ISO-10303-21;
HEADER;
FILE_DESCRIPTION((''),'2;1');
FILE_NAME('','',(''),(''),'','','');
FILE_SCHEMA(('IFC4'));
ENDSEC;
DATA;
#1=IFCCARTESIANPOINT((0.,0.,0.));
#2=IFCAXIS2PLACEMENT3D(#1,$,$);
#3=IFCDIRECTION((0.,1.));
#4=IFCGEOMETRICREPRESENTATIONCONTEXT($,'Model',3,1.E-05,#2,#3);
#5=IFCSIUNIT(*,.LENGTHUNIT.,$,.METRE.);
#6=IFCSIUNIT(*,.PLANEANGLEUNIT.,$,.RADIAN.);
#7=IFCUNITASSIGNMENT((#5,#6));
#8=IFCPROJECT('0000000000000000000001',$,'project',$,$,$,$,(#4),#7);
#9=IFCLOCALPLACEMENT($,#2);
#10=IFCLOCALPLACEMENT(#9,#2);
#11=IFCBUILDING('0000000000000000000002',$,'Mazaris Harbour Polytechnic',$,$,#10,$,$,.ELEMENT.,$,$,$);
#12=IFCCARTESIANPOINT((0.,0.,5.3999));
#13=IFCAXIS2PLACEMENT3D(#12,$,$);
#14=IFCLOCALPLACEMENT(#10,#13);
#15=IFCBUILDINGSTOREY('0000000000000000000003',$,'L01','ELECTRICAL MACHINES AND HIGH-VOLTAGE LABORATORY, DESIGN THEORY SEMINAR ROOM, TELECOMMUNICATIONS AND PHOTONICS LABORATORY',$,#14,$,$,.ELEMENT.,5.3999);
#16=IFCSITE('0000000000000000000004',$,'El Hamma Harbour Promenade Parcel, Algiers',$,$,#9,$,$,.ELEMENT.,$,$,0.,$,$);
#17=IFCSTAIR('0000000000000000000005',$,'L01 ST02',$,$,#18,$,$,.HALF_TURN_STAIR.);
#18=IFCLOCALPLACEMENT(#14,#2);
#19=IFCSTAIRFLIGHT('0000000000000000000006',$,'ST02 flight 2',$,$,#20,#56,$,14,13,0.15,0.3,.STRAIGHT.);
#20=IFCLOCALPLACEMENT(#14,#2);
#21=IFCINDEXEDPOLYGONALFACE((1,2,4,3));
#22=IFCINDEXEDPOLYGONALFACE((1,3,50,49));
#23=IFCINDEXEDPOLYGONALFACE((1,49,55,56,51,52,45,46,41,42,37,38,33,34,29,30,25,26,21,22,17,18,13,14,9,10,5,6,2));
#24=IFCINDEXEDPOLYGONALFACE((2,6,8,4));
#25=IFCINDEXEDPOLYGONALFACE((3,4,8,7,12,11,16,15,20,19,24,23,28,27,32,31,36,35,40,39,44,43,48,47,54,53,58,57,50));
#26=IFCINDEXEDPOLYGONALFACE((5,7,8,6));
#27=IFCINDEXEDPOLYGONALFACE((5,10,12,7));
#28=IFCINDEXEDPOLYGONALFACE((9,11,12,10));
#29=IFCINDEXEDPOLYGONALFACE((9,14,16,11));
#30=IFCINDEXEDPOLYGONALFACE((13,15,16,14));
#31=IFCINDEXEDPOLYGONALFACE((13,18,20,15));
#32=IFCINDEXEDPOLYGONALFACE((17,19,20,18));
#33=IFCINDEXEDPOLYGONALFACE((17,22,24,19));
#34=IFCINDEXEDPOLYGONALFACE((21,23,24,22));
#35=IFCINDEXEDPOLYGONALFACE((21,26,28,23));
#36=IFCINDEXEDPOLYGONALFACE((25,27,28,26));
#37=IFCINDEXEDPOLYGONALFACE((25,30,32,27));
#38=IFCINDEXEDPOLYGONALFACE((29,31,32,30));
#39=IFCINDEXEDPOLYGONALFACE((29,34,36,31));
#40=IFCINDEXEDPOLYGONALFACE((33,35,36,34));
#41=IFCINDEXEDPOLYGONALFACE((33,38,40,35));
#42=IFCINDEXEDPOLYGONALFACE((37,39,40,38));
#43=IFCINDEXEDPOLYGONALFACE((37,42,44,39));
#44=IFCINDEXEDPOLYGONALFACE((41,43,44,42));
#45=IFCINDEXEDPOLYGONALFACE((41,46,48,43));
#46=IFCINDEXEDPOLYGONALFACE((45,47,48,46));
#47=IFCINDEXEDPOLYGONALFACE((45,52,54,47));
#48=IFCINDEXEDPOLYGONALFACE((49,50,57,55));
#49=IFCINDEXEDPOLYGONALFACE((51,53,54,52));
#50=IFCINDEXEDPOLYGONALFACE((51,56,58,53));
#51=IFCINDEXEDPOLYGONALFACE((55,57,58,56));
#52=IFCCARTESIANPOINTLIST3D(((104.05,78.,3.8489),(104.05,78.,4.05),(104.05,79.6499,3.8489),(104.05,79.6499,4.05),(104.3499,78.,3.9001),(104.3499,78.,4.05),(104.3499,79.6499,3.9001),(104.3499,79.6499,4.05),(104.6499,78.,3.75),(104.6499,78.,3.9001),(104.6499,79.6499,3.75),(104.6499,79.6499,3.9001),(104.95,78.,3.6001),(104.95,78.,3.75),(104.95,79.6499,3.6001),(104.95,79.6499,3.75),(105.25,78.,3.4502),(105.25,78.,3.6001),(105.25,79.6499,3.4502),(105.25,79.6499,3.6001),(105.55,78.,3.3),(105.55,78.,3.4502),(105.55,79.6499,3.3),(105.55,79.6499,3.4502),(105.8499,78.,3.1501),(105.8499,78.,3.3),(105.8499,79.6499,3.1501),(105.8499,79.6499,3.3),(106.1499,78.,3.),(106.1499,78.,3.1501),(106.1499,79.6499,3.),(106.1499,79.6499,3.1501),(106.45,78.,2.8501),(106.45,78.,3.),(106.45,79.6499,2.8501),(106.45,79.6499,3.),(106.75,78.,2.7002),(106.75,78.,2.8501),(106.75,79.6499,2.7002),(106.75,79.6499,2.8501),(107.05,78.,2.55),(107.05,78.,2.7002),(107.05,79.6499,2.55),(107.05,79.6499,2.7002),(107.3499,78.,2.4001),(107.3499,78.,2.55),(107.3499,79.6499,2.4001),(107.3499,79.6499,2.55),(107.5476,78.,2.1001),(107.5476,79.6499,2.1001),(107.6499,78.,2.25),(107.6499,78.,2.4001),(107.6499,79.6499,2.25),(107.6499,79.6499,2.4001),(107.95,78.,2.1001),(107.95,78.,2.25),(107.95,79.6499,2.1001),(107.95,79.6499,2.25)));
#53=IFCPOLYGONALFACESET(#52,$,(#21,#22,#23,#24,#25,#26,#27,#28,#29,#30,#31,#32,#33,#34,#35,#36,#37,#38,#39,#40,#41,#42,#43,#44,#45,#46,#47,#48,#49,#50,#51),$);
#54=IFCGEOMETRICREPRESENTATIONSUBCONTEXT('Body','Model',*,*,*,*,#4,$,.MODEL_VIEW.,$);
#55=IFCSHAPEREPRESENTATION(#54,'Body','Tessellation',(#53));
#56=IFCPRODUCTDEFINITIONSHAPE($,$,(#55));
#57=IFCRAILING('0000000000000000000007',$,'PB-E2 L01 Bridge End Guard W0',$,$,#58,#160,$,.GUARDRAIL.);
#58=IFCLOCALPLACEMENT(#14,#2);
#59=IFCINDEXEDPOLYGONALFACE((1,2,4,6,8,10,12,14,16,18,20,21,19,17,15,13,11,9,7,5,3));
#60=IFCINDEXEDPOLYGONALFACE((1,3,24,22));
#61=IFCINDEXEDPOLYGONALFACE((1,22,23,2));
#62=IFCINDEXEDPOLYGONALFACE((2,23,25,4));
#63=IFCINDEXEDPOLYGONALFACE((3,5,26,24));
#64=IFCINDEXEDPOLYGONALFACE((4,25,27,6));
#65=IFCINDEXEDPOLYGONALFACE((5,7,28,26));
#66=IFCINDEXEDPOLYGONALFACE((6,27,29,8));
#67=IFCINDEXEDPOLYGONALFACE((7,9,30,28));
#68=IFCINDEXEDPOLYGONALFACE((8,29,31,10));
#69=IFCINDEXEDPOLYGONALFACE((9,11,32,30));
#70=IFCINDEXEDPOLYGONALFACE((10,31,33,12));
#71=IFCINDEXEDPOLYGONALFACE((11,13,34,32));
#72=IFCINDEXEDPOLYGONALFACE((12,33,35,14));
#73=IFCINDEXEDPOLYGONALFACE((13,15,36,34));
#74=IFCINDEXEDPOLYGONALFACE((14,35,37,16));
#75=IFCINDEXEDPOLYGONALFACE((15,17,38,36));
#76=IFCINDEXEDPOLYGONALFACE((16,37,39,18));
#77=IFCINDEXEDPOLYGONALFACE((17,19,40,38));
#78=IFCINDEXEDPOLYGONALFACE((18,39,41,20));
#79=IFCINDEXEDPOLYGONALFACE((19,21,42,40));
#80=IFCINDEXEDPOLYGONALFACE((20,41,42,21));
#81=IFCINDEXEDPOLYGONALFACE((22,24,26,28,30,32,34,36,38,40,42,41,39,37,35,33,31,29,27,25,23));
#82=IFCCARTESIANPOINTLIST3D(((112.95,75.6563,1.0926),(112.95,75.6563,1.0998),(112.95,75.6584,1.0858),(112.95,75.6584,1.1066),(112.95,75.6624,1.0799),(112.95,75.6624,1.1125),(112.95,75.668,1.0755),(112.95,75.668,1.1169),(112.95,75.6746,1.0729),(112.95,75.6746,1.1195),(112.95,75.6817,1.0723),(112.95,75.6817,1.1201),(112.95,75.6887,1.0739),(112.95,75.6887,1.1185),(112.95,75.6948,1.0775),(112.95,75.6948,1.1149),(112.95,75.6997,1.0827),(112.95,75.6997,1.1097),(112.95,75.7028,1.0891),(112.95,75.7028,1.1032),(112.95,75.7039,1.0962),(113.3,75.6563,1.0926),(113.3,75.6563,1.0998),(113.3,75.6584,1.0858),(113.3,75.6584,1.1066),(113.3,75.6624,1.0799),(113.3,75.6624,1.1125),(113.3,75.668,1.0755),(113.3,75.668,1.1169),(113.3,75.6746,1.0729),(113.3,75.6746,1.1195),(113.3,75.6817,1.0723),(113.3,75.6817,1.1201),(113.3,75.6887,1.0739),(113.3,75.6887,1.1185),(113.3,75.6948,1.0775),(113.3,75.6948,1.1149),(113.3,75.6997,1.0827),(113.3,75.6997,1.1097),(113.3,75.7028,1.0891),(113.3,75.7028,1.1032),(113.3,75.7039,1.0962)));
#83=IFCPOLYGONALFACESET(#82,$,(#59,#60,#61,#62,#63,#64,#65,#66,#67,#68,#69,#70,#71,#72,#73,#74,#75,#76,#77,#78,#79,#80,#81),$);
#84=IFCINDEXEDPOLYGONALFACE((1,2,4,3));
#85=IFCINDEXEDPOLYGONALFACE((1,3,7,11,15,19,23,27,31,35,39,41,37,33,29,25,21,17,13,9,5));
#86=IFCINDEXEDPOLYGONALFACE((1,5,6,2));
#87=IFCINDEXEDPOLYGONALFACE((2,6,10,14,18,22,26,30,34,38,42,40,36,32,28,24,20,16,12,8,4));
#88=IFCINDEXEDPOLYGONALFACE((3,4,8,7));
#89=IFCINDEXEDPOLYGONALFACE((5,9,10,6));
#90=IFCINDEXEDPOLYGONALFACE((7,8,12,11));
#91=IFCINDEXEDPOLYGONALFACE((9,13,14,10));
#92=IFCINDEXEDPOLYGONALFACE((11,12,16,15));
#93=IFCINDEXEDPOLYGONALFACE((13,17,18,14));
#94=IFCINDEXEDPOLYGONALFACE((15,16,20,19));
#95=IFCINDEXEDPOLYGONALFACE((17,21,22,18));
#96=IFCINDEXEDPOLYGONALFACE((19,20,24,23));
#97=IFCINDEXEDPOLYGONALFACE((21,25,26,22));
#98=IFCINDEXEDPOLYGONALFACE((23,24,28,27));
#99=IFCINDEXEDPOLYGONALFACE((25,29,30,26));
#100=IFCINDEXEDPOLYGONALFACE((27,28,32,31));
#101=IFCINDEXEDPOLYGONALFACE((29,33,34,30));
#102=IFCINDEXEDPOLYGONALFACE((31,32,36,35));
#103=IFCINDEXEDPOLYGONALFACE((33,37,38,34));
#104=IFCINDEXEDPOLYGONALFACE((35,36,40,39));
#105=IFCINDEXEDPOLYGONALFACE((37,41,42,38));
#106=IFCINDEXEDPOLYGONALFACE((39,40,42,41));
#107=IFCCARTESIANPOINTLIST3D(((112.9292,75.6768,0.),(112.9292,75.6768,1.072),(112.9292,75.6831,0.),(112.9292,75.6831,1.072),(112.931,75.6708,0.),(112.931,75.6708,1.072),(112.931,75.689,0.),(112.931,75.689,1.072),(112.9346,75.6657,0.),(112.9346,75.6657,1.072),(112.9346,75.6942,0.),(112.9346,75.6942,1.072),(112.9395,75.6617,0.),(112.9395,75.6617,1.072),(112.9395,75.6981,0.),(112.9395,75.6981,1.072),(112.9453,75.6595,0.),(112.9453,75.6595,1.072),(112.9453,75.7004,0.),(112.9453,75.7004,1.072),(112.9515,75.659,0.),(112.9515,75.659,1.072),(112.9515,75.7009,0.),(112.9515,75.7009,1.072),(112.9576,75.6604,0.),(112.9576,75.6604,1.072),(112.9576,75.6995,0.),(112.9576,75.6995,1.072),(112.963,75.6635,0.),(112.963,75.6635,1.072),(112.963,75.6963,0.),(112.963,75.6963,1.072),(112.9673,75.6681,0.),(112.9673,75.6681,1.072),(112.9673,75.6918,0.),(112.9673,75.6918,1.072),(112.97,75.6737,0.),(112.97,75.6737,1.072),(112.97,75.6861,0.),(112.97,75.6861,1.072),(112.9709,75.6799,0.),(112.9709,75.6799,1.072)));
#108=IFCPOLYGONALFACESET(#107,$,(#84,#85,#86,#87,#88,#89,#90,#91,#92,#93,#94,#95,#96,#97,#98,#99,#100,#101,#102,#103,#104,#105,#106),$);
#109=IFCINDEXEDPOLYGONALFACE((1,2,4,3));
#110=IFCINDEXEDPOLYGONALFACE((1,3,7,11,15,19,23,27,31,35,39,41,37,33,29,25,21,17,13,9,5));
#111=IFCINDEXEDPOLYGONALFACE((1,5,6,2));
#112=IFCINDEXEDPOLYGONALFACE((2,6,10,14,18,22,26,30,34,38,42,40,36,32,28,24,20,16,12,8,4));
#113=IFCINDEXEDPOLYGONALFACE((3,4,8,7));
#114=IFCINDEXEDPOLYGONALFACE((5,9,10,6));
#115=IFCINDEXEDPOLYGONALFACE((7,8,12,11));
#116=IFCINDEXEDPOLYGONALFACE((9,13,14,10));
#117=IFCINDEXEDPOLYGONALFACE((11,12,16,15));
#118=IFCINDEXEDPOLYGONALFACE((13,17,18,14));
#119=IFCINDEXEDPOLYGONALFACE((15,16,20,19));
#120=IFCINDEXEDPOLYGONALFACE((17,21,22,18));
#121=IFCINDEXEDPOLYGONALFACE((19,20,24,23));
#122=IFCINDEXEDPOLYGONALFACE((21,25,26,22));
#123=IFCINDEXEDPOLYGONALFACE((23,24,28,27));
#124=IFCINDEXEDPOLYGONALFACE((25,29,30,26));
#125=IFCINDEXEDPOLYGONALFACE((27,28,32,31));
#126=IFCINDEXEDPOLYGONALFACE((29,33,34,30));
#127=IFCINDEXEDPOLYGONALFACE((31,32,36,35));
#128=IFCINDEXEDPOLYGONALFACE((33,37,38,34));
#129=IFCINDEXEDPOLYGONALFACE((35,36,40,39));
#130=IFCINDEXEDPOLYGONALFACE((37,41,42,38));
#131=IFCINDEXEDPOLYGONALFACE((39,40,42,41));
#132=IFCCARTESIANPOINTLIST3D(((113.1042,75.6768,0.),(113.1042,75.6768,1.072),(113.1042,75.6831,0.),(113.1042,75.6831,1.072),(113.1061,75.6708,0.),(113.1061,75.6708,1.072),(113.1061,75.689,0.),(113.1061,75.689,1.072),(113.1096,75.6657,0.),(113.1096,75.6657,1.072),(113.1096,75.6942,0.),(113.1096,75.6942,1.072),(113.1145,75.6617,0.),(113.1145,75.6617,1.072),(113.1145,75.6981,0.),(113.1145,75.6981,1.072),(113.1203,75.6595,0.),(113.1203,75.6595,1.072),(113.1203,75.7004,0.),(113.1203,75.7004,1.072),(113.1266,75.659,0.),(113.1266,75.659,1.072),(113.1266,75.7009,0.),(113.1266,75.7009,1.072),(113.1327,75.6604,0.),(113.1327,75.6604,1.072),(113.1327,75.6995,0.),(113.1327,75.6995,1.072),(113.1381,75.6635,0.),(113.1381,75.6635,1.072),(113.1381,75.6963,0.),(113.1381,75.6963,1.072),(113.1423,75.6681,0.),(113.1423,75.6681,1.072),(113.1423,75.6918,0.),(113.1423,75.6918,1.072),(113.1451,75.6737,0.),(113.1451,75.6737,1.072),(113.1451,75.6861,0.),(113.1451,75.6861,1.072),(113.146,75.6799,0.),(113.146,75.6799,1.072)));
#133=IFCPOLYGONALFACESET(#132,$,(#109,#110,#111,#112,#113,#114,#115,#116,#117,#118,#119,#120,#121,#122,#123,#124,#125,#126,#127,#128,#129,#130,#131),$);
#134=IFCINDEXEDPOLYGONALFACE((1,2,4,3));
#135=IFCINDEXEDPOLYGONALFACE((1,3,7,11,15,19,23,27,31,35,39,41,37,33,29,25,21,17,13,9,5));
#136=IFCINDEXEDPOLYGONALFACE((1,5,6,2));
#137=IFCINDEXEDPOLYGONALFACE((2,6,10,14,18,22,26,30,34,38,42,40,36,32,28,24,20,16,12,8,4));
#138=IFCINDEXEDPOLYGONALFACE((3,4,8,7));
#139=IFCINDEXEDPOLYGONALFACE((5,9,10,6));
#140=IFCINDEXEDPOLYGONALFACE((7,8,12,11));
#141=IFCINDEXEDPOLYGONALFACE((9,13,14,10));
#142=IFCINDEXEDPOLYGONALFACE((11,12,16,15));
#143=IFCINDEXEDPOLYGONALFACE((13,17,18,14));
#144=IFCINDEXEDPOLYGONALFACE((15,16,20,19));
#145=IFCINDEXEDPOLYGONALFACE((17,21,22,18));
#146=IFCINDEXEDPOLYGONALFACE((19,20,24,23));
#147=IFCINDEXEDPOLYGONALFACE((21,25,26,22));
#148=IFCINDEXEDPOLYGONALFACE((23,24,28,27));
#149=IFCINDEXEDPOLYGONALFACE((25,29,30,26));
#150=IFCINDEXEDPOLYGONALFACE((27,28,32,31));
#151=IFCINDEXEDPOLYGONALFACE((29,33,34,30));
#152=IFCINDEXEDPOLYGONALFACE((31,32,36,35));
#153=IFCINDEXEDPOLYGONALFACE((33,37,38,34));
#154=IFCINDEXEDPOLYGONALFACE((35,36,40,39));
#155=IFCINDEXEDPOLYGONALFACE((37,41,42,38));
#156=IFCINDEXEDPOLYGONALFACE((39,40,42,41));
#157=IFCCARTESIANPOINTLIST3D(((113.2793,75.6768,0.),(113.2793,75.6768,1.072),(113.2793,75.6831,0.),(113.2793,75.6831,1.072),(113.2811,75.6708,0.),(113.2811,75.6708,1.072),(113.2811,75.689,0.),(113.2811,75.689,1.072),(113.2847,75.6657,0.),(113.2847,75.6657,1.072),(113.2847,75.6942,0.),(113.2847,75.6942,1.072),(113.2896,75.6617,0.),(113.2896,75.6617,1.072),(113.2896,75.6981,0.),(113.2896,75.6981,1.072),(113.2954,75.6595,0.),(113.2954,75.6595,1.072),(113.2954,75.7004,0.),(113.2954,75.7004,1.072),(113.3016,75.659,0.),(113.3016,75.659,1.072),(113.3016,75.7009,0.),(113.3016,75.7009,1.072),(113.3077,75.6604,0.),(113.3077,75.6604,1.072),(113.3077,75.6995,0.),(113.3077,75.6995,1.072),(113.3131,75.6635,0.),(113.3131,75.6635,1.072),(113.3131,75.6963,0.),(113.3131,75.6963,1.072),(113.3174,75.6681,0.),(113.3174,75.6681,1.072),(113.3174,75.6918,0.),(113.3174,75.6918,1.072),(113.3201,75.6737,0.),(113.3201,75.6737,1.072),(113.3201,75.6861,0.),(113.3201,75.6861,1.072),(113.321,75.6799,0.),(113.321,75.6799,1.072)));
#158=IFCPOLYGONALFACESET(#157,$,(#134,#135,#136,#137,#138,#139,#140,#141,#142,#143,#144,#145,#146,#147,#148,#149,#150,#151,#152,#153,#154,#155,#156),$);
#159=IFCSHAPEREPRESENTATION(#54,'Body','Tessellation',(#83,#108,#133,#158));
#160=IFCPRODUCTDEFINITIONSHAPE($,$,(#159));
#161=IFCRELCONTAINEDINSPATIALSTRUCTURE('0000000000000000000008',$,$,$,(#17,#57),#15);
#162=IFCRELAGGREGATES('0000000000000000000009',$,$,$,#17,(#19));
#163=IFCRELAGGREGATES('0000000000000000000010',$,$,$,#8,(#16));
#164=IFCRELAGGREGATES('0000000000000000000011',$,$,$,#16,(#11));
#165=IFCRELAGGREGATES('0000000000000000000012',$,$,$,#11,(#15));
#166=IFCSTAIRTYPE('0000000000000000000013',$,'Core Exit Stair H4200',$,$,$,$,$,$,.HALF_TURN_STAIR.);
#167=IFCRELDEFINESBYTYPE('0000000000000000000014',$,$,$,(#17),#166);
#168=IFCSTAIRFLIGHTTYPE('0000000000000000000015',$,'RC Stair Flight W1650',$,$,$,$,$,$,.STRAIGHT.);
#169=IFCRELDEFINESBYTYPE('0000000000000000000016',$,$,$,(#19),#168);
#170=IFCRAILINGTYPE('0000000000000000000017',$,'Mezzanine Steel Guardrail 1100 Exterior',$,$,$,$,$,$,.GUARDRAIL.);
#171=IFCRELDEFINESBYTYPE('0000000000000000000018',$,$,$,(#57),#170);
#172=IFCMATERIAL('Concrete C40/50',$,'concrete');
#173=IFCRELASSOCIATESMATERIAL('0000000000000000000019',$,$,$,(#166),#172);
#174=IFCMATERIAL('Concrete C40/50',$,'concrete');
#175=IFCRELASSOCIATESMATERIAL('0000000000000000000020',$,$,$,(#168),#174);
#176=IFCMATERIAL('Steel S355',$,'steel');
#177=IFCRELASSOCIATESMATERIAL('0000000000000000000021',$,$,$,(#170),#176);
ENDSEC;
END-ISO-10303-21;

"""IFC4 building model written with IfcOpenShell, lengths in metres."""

from ifc_helpers import new_model, si_unit, direction, frame, origin, origin_2d, place, context, subcontext, project, spatial, polyline, circle, outline, extrude, material, type_object, element, aggregate, save


model = new_model("IFC4")

# Units and contexts
model_context = context("Model", 3, precision=1e-05, world=origin(), true_north=direction((0.0, 1.0)))
body_context = subcontext(model_context, "Body", "Model", "MODEL_VIEW")
ifc_project = project(units=[si_unit("LENGTHUNIT", "METRE"), si_unit("PLANEANGLEUNIT", "RADIAN")], contexts=[model_context])

# Site, building, storey
site_placement = place(None, origin())
site = spatial("IfcSite", under=ifc_project, at=site_placement, Name="El Hamma Harbour Promenade Parcel, Algiers", CompositionType="ELEMENT", RefElevation=0.0)
building_placement = place(site_placement, origin())
building = spatial("IfcBuilding", under=site, at=building_placement, Name="Mazaris Harbour Polytechnic", CompositionType="ELEMENT")
storey_placement = place(building_placement, frame((0.0, 0.0, 5.3999)))
storey = spatial("IfcBuildingStorey", under=building, at=storey_placement, Name="L01", Description="ELECTRICAL MACHINES AND HIGH-VOLTAGE LABORATORY, DESIGN THEORY SEMINAR ROOM, TELECOMMUNICATIONS AND PHOTONICS LABORATORY", CompositionType="ELEMENT", Elevation=5.3999)

# Stair, stair flight
ifc_material_1 = material(Name="Concrete C40/50", Category="concrete")
stair_type = type_object("IfcStairType", Name="Core Exit Stair H4200", PredefinedType="HALF_TURN_STAIR", material=ifc_material_1)
stair_placement = place(storey_placement, origin())
stair = element("IfcStair", 1, at=stair_placement, inside=storey, type_object=stair_type, Name="L01 ST02", PredefinedType="HALF_TURN_STAIR")
ifc_material_2 = material(Name="Concrete C40/50", Category="concrete")
stair_flight_type = type_object("IfcStairFlightType", Name="RC Stair Flight W1650", PredefinedType="STRAIGHT", material=ifc_material_2)
stair_flight_placement = place(storey_placement, frame((107.95, 78.825, 2.1001), z_axis=(0.0, 0.0, 1.0), x_axis=(-1.0, 0.0, 0.0)))
stair_flight = element("IfcStairFlight", 2, at=stair_flight_placement, type_object=stair_flight_type, Name="ST02 flight 2", NumberOfRisers=14, NumberOfTreads=13, PredefinedType="STRAIGHT", RiserHeight=0.15, TreadLength=0.3, context=body_context, shape_type="SweptSolid", body=[
    extrude(outline(polyline([(0.0, 0.0), (0.0, 0.1499), (0.3, 0.1499), (0.3, 0.3), (0.6001, 0.3), (0.6001, 0.45), (0.8999, 0.45), (0.8999, 0.6001), (1.2, 0.6001), (1.2, 0.75), (1.5, 0.75), (1.5, 0.8999), (1.8, 0.8999), (1.8, 1.05), (2.1001, 1.05), (2.1001, 1.2), (2.3999, 1.2), (2.3999, 1.3501), (2.7, 1.3501), (2.7, 1.5), (3.0, 1.5), (3.0, 1.6499), (3.3, 1.6499), (3.3, 1.8), (3.6001, 1.8), (3.6001, 1.95), (3.8999, 1.95), (3.8999, 2.1001), (3.8999, 1.7488), (0.4023, 0.0), (0.0, 0.0)])), frame((0.0, 0.825, 0.0), z_axis=(0.0, -1.0, 0.0), x_axis=(1.0, 0.0, 0.0)), (0.0, 0.0, 1.0), 1.6499),
])
aggregate(stair, [stair_flight])

# Railing
ifc_material_3 = material(Name="Steel S355", Category="steel")
railing_type_1 = type_object("IfcRailingType", Name="Mezzanine Steel Guardrail 1100 Exterior", PredefinedType="GUARDRAIL", material=ifc_material_3)
for number, where, name in (
    (3, (112.95, 75.6799, 0.0), "PB-E2 L01 Bridge End Guard W0"),
):
    element("IfcRailing", number, at=place(storey_placement, frame(where)), inside=storey, type_object=railing_type_1, Name=name, PredefinedType="GUARDRAIL", context=body_context, shape_type="SweptSolid", body=[
        extrude(circle(Radius=0.0239, at=origin_2d()), frame((0.0, 0.0, 1.0962), z_axis=(1.0, 0.0, 0.0), x_axis=(0.0, 1.0, 0.0)), (0.0, 0.0, 1.0), 0.3501),
        extrude(circle(Radius=0.021, at=origin_2d()), origin(), (0.0, 0.0, 1.0), 1.072),
        extrude(circle(Radius=0.021, at=origin_2d()), frame((0.175, 0.0, 0.0)), (0.0, 0.0, 1.0), 1.072),
        extrude(circle(Radius=0.021, at=origin_2d()), frame((0.3501, 0.0, 0.0)), (0.0, 0.0, 1.0), 1.072),
    ])

save(model, "model.ifc")
